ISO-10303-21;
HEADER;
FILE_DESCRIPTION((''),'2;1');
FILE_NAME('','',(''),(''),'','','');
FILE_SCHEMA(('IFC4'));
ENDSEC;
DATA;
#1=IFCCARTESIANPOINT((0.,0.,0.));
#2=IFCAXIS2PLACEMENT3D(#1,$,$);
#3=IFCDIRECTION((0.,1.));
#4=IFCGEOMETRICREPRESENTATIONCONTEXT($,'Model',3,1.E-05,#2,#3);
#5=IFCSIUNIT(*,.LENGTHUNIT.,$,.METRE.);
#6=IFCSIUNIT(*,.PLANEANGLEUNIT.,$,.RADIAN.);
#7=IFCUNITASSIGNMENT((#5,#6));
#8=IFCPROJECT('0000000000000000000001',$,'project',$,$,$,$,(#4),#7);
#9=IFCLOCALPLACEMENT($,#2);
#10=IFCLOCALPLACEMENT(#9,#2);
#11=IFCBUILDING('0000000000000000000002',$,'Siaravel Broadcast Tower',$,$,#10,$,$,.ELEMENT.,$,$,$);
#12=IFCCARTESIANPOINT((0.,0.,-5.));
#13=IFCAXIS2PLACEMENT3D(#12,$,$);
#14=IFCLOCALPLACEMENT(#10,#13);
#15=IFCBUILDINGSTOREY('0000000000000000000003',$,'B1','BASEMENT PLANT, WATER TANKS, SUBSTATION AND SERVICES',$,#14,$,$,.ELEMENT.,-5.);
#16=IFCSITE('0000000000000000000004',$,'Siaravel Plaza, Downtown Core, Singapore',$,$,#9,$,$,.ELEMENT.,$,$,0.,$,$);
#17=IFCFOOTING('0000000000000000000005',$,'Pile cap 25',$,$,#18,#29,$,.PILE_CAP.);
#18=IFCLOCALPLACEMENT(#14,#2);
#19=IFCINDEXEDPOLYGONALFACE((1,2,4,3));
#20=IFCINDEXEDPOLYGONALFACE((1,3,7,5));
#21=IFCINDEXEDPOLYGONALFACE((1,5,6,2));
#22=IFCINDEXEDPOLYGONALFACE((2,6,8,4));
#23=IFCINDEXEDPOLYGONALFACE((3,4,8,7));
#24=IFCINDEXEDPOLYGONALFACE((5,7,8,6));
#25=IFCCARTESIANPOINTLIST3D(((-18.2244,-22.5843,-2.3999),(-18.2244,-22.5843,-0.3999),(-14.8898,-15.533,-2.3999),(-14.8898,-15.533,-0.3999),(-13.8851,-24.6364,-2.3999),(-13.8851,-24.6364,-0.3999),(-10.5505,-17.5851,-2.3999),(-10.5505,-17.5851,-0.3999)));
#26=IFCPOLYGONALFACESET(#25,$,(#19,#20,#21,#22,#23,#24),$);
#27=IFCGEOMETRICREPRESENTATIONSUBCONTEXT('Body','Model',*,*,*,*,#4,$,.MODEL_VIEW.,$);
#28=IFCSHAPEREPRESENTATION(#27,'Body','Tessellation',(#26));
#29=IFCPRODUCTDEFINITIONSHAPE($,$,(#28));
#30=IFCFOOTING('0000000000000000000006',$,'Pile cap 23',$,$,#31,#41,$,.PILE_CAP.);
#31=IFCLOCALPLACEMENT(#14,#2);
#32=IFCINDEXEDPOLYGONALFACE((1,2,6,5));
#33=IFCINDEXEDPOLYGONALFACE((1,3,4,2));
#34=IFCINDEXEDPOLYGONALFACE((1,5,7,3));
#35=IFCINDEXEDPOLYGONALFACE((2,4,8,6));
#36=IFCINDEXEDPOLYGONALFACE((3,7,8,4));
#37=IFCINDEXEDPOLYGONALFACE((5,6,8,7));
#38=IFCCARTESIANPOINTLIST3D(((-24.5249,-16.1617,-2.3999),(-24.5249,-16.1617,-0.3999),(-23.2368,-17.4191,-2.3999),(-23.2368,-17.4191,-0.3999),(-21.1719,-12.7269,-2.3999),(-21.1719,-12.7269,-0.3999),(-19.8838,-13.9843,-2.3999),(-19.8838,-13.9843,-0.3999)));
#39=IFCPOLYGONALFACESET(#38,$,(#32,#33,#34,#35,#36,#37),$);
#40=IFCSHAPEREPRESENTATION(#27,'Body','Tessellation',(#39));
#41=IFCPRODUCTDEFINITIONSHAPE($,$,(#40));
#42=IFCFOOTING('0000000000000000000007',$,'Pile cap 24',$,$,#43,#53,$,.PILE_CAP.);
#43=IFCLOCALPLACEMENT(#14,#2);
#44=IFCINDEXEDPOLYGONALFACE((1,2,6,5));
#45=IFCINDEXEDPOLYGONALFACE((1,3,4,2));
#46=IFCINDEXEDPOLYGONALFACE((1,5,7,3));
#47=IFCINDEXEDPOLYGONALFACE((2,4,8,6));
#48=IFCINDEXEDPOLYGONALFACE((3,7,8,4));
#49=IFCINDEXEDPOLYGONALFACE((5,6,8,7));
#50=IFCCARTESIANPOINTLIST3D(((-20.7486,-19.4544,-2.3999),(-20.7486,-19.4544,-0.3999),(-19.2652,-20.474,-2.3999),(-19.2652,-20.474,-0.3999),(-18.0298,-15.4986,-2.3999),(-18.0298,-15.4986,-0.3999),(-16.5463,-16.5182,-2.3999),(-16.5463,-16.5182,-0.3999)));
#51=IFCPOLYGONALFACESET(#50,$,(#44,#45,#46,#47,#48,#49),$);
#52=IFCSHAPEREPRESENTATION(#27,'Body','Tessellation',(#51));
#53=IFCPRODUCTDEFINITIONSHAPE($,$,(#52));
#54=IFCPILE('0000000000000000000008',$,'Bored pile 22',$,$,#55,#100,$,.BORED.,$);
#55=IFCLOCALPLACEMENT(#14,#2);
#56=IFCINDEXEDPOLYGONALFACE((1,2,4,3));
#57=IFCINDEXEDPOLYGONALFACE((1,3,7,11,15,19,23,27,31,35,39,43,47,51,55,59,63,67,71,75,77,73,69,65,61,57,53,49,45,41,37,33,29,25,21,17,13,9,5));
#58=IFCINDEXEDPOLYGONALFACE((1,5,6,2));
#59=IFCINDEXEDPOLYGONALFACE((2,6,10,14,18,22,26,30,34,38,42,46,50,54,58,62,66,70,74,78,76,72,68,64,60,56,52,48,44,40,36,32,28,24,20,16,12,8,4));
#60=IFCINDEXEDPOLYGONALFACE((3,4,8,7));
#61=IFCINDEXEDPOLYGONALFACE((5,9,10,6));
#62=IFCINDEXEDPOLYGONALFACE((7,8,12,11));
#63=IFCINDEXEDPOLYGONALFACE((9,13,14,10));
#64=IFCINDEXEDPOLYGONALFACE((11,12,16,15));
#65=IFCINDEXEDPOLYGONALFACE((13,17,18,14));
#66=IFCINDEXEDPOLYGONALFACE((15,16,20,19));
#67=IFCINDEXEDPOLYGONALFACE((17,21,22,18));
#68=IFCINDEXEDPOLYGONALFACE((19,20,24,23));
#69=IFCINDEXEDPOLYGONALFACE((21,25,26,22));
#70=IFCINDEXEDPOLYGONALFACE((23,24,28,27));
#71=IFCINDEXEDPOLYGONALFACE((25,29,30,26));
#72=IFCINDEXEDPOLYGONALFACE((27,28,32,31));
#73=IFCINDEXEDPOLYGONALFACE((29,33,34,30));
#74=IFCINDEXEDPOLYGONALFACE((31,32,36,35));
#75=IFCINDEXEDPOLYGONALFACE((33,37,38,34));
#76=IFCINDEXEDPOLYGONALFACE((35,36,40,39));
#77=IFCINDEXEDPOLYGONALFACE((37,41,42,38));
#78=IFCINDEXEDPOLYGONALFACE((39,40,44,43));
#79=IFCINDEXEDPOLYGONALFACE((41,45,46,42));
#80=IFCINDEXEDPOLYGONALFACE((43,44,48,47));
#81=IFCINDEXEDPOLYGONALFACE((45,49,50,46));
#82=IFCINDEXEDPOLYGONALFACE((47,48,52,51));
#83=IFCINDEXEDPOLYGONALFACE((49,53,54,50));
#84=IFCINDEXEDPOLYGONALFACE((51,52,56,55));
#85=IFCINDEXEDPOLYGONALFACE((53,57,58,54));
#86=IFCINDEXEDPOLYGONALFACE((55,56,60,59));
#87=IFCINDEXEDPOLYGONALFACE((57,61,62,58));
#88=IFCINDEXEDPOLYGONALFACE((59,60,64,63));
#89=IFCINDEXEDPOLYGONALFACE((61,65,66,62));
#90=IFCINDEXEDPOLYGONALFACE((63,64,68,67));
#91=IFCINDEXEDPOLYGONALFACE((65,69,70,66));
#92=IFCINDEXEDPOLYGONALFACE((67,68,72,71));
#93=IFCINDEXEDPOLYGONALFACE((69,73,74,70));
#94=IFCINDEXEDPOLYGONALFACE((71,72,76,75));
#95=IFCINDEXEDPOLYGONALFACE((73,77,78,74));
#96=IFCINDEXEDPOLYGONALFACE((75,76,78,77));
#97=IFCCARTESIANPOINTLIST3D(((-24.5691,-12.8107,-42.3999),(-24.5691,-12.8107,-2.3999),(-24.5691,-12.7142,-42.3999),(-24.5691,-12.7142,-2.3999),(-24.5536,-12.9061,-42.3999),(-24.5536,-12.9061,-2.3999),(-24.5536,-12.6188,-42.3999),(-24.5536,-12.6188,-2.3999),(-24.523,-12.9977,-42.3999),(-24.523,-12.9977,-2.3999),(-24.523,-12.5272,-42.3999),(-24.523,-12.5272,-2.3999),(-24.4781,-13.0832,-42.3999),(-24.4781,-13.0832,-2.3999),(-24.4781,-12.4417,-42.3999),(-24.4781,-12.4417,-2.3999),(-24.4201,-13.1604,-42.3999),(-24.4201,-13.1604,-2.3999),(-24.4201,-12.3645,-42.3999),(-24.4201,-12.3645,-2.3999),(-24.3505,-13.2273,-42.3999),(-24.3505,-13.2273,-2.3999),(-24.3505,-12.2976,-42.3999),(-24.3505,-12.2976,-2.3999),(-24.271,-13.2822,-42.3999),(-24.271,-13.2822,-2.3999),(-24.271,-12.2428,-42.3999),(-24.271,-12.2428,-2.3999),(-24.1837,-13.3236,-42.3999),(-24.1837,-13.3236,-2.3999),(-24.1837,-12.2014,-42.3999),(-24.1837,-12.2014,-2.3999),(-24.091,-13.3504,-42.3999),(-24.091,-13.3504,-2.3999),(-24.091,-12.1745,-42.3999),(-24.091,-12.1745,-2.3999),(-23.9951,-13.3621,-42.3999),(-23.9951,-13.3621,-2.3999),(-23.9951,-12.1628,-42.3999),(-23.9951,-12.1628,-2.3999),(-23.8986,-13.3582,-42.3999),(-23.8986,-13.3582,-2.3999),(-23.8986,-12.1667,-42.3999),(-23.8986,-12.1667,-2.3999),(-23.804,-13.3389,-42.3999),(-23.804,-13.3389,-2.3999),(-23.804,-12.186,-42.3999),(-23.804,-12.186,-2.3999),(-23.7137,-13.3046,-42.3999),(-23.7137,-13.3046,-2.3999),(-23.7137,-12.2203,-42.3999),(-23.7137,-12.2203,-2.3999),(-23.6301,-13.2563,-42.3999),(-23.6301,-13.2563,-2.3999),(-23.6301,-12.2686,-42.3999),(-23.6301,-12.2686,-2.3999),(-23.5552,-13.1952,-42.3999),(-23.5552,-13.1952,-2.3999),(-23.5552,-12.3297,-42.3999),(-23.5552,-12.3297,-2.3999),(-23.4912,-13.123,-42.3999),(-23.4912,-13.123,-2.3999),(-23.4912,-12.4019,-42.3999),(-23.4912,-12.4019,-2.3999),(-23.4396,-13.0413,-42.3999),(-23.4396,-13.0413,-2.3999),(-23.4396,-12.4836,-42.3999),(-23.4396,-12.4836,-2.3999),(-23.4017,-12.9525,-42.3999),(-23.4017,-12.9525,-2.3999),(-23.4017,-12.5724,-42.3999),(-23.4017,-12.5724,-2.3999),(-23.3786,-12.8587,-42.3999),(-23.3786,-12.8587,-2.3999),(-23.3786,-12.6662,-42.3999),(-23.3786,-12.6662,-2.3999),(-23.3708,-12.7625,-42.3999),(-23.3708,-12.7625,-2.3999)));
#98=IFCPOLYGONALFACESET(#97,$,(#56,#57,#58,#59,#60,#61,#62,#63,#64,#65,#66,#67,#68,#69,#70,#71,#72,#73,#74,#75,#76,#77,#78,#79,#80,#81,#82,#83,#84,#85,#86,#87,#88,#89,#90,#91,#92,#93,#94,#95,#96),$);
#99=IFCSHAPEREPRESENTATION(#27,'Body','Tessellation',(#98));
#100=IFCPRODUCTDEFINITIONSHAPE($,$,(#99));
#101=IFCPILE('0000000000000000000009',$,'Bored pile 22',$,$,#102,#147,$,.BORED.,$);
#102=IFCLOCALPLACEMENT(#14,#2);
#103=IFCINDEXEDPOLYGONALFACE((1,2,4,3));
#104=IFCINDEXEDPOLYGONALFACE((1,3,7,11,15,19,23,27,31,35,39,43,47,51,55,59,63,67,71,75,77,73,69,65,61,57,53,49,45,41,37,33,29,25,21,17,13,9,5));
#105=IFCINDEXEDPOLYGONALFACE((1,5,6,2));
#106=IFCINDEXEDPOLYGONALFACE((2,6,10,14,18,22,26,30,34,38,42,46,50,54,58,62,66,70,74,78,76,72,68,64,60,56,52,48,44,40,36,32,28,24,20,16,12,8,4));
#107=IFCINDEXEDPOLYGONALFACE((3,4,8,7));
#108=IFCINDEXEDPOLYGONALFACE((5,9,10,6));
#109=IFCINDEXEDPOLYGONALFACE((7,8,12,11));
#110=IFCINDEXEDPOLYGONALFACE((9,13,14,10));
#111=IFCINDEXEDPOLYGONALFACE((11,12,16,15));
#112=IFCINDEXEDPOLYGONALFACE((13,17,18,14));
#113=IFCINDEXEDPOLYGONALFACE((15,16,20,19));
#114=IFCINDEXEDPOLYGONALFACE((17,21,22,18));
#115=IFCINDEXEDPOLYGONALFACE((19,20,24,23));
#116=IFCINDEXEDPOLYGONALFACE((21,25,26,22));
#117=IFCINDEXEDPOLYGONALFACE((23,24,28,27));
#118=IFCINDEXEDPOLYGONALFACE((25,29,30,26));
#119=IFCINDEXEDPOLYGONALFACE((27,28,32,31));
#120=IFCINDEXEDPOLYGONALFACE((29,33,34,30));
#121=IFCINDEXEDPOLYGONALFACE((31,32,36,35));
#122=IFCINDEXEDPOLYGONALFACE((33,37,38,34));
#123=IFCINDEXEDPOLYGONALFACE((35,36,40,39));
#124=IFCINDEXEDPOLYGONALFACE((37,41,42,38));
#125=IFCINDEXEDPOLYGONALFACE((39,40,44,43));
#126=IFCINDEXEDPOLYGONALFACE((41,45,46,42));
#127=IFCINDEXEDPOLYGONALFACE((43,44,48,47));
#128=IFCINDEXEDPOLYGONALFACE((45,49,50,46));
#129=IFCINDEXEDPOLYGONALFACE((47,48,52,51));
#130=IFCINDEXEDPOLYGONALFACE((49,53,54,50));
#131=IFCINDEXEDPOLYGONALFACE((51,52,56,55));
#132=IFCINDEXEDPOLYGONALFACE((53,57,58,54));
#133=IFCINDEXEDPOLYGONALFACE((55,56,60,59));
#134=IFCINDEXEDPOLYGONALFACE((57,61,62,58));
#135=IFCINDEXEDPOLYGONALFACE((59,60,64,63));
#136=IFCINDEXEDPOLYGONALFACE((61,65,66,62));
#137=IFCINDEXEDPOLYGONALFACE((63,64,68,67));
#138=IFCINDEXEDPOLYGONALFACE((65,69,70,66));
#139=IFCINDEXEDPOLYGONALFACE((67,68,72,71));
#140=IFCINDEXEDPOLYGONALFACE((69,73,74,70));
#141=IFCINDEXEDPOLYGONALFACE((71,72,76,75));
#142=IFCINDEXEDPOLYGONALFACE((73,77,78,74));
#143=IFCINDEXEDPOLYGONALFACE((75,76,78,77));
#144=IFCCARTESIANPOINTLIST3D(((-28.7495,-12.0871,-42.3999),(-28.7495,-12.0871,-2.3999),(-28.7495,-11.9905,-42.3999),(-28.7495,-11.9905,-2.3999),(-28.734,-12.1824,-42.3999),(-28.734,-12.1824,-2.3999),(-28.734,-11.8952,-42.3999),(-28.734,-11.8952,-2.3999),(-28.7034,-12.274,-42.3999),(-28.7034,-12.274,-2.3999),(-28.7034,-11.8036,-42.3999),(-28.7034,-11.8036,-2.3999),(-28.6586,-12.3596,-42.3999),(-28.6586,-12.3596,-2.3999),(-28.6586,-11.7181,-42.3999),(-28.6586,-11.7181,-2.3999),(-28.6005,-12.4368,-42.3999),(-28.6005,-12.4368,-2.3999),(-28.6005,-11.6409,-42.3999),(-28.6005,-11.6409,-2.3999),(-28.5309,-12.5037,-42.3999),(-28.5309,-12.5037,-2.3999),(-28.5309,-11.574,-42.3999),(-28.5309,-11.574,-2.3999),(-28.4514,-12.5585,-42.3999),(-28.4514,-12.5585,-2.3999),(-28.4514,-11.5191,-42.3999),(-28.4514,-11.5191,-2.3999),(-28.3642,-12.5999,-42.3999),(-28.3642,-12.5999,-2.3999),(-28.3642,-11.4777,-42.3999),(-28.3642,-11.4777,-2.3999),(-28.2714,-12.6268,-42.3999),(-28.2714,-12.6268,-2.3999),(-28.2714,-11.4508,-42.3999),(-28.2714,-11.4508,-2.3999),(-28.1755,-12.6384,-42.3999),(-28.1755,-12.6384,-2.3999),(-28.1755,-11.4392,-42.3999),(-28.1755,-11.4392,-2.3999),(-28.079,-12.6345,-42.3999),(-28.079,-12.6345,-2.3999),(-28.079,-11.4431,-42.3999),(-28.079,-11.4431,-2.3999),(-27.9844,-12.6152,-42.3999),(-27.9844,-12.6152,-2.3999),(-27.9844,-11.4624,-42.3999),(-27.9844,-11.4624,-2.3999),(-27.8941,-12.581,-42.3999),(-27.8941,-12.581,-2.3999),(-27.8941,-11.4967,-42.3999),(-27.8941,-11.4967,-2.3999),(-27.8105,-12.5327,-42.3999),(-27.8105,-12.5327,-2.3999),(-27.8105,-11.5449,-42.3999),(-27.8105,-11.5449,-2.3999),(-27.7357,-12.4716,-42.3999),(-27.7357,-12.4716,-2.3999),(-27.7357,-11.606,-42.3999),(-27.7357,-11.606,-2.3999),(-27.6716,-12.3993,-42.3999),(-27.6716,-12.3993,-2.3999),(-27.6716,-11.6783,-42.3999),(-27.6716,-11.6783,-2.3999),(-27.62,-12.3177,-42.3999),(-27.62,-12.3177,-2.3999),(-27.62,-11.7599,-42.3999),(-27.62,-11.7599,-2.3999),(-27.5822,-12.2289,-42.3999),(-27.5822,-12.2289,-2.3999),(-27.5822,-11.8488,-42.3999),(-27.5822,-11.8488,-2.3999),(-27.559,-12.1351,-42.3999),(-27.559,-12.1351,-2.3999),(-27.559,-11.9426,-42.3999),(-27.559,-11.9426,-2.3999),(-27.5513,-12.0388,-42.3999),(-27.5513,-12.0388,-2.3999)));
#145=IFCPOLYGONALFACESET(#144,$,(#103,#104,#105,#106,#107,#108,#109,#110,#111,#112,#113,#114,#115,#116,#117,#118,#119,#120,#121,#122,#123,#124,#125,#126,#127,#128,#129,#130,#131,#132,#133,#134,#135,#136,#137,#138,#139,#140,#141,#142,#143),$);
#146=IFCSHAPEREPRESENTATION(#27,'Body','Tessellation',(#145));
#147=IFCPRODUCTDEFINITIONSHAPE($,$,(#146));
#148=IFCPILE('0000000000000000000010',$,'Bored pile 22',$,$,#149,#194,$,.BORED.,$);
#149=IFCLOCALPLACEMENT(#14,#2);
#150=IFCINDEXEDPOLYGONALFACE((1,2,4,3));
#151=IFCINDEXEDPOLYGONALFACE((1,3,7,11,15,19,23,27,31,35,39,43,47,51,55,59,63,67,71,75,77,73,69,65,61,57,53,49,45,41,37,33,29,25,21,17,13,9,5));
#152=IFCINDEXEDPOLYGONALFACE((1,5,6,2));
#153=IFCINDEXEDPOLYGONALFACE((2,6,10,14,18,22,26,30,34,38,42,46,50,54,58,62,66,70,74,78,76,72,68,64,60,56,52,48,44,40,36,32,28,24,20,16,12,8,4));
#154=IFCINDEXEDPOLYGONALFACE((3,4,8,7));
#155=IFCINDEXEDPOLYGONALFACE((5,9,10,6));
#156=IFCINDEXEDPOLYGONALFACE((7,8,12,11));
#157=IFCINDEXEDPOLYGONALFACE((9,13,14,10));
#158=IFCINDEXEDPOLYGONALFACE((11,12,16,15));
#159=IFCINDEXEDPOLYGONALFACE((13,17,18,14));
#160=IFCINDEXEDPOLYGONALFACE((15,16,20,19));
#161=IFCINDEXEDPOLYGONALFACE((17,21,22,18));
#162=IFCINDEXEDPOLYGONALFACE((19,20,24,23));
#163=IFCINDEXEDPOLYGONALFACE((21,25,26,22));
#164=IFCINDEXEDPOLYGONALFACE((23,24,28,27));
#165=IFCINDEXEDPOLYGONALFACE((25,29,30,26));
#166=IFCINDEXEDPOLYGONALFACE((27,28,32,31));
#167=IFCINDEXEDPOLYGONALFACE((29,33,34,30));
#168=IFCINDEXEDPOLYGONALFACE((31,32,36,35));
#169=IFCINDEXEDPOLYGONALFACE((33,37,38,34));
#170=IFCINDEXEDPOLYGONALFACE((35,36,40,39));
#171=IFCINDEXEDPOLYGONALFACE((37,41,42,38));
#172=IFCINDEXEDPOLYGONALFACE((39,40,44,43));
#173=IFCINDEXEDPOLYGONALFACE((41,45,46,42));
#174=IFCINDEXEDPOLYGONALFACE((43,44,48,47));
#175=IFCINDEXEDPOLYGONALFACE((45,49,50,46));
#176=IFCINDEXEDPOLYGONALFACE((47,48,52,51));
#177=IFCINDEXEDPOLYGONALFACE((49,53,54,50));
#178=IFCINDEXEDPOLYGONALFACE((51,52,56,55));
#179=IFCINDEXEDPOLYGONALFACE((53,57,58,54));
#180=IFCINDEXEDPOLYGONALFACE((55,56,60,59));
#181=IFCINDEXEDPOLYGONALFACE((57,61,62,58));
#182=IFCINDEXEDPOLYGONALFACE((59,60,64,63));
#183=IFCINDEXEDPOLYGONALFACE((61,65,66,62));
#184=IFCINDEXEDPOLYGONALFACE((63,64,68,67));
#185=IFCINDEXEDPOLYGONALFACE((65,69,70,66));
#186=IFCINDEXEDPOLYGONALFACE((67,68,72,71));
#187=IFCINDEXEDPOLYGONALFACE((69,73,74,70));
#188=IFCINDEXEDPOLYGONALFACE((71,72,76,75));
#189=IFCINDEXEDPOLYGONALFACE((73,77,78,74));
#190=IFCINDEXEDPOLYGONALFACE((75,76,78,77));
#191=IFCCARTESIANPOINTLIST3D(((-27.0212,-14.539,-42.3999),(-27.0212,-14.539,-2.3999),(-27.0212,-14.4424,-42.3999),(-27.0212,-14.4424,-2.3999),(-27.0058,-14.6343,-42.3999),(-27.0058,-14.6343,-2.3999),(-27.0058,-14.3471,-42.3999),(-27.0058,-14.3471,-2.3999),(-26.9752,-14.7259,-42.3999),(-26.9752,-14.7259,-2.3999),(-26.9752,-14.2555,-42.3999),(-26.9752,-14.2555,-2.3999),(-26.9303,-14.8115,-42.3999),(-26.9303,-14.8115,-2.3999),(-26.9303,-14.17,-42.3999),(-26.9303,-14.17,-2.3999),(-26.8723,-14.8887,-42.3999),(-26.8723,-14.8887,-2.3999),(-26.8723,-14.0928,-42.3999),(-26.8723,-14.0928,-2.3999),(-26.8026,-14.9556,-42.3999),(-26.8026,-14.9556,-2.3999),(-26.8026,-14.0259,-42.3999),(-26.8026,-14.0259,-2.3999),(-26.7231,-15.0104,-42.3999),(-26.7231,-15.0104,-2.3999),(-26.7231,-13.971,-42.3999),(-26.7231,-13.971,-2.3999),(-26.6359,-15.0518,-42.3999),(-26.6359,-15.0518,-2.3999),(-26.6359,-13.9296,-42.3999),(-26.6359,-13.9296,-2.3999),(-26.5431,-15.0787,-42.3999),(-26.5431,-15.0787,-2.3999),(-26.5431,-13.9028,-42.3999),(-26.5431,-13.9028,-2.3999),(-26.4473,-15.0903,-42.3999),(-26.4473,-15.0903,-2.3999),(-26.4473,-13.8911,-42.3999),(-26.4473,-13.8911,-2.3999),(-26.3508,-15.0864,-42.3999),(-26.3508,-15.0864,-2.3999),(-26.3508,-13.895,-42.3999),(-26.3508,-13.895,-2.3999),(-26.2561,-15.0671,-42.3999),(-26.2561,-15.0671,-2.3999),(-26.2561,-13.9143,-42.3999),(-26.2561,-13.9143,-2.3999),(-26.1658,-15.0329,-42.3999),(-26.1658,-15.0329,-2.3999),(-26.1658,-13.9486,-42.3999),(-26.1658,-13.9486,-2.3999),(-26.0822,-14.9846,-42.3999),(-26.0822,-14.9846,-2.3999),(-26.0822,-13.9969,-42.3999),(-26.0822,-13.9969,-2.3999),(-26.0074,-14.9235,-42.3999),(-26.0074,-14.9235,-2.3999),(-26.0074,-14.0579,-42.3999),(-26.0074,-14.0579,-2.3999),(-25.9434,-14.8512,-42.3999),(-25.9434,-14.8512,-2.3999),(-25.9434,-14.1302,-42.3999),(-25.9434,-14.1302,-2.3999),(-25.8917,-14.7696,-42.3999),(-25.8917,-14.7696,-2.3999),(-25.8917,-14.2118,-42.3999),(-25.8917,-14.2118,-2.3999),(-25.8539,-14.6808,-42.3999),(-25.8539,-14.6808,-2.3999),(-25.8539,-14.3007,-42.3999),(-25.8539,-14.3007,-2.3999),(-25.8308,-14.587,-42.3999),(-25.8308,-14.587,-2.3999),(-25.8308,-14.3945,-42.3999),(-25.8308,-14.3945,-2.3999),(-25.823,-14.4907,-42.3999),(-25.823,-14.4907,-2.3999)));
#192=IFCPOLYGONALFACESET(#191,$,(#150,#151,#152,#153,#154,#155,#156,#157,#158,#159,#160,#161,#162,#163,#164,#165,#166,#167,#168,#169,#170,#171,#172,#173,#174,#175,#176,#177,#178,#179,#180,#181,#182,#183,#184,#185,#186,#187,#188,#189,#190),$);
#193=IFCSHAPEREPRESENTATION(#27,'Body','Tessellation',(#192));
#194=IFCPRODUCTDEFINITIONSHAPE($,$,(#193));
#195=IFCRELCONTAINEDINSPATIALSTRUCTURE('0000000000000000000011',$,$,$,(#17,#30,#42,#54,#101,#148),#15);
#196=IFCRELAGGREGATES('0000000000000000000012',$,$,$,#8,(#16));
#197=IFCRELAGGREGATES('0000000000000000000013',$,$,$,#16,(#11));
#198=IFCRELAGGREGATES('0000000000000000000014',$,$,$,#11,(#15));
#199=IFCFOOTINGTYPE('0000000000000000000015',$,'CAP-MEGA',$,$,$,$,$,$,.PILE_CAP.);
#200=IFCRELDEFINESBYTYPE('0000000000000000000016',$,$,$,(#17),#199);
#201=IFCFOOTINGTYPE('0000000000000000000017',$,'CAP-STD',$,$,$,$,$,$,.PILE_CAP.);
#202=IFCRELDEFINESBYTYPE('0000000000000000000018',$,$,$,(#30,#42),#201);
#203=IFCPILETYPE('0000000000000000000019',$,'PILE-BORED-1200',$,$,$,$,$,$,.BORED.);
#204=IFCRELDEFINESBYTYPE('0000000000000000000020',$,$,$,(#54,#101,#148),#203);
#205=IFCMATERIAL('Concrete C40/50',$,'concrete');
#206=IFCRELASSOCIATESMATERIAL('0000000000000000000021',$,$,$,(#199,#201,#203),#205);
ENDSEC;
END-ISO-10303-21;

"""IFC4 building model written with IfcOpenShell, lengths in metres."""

from ifc_helpers import new_model, si_unit, direction, frame, origin, origin_2d, place, context, subcontext, project, spatial, rectangle, circle, extrude, material, material_profile, profile_set, type_object, element, save


model = new_model("IFC4")

# Units and contexts
model_context = context("Model", 3, precision=1e-05, world=origin(), true_north=direction((0.0, 1.0)))
body_context = subcontext(model_context, "Body", "Model", "MODEL_VIEW")
ifc_project = project(units=[si_unit("LENGTHUNIT", "METRE"), si_unit("PLANEANGLEUNIT", "RADIAN")], contexts=[model_context])

# Site, building, storey
site_placement = place(None, origin())
site = spatial("IfcSite", under=ifc_project, at=site_placement, Name="Siaravel Plaza, Downtown Core, Singapore", CompositionType="ELEMENT", RefElevation=0.0)
building_placement = place(site_placement, origin())
building = spatial("IfcBuilding", under=site, at=building_placement, Name="Siaravel Broadcast Tower", CompositionType="ELEMENT")
storey_placement = place(building_placement, frame((0.0, 0.0, -5.0)))
storey = spatial("IfcBuildingStorey", under=building, at=storey_placement, Name="B1", Description="BASEMENT PLANT, WATER TANKS, SUBSTATION AND SERVICES", CompositionType="ELEMENT", Elevation=-5.0)

# Footings
ifc_material_1 = material(Name="Concrete C40/50", Category="concrete")
footing_type_1 = type_object("IfcFootingType", Name="CAP-MEGA", PredefinedType="PILE_CAP", material=ifc_material_1)
footing_placement = place(storey_placement, frame((-14.3875, -20.0847, -2.3999), z_axis=(0.0, 0.0, 1.0), x_axis=(-0.427516, -0.904008, 0.0)))
element("IfcFooting", 1, at=footing_placement, inside=storey, type_object=footing_type_1, Name="Pile cap 25", PredefinedType="PILE_CAP", context=body_context, shape_type="SweptSolid", body=[
    extrude(rectangle(XDim=7.8, YDim=4.8, at=origin_2d()), origin(), (0.0, 0.0, 1.0), 2.0),
])
footing_type_2 = type_object("IfcFootingType", Name="CAP-STD", PredefinedType="PILE_CAP", material=ifc_material_1)
for number, where, z_axis, x_axis, name in (
    (2, (-22.2043, -15.073, -2.3999), (0.0, 0.0, 1.0), (-0.698528, -0.715583, 0.0), "Pile cap 23"),
    (3, (-18.6475, -17.9863, -2.3999), (0.0, 0.0, 1.0), (-0.566421, -0.824116, 0.0), "Pile cap 24"),
):
    element("IfcFooting", number, at=place(storey_placement, frame(where, z_axis=z_axis, x_axis=x_axis)), inside=storey, type_object=footing_type_2, Name=name, PredefinedType="PILE_CAP", context=body_context, shape_type="SweptSolid", body=[
        extrude(rectangle(XDim=4.8, YDim=1.8, at=origin_2d()), origin(), (0.0, 0.0, 1.0), 2.0),
    ])

# Piles
ifc_material_profile_1 = material_profile(ifc_material_1, circle(Radius=0.6001, at=origin_2d()))
ifc_profile_set_1 = profile_set([ifc_material_profile_1], Name="Concrete C40/50")
pile_type = type_object("IfcPileType", Name="PILE-BORED-1200", PredefinedType="BORED", material=ifc_profile_set_1)
for number, where, z_axis, x_axis, name in (
    (4, (-23.9709, -12.7625, -2.3999), (0.0, 0.0, -1.0), (1.0, 0.0, 0.0), "Bored pile 22"),
    (5, (-28.1514, -12.0388, -2.3999), (0.0, 0.0, -1.0), (1.0, 0.0, 0.0), "Bored pile 22"),
    (6, (-26.4231, -14.4907, -2.3999), (0.0, 0.0, -1.0), (1.0, 0.0, 0.0), "Bored pile 22"),
):
    element("IfcPile", number, at=place(storey_placement, frame(where, z_axis=z_axis, x_axis=x_axis)), inside=storey, type_object=pile_type, Name=name, PredefinedType="BORED", context=body_context, shape_type="SweptSolid", body=[
        extrude(circle(Radius=0.6001, at=origin_2d()), origin(), (0.0, 0.0, 1.0), 40.0),
    ])

save(model, "model.ifc")
